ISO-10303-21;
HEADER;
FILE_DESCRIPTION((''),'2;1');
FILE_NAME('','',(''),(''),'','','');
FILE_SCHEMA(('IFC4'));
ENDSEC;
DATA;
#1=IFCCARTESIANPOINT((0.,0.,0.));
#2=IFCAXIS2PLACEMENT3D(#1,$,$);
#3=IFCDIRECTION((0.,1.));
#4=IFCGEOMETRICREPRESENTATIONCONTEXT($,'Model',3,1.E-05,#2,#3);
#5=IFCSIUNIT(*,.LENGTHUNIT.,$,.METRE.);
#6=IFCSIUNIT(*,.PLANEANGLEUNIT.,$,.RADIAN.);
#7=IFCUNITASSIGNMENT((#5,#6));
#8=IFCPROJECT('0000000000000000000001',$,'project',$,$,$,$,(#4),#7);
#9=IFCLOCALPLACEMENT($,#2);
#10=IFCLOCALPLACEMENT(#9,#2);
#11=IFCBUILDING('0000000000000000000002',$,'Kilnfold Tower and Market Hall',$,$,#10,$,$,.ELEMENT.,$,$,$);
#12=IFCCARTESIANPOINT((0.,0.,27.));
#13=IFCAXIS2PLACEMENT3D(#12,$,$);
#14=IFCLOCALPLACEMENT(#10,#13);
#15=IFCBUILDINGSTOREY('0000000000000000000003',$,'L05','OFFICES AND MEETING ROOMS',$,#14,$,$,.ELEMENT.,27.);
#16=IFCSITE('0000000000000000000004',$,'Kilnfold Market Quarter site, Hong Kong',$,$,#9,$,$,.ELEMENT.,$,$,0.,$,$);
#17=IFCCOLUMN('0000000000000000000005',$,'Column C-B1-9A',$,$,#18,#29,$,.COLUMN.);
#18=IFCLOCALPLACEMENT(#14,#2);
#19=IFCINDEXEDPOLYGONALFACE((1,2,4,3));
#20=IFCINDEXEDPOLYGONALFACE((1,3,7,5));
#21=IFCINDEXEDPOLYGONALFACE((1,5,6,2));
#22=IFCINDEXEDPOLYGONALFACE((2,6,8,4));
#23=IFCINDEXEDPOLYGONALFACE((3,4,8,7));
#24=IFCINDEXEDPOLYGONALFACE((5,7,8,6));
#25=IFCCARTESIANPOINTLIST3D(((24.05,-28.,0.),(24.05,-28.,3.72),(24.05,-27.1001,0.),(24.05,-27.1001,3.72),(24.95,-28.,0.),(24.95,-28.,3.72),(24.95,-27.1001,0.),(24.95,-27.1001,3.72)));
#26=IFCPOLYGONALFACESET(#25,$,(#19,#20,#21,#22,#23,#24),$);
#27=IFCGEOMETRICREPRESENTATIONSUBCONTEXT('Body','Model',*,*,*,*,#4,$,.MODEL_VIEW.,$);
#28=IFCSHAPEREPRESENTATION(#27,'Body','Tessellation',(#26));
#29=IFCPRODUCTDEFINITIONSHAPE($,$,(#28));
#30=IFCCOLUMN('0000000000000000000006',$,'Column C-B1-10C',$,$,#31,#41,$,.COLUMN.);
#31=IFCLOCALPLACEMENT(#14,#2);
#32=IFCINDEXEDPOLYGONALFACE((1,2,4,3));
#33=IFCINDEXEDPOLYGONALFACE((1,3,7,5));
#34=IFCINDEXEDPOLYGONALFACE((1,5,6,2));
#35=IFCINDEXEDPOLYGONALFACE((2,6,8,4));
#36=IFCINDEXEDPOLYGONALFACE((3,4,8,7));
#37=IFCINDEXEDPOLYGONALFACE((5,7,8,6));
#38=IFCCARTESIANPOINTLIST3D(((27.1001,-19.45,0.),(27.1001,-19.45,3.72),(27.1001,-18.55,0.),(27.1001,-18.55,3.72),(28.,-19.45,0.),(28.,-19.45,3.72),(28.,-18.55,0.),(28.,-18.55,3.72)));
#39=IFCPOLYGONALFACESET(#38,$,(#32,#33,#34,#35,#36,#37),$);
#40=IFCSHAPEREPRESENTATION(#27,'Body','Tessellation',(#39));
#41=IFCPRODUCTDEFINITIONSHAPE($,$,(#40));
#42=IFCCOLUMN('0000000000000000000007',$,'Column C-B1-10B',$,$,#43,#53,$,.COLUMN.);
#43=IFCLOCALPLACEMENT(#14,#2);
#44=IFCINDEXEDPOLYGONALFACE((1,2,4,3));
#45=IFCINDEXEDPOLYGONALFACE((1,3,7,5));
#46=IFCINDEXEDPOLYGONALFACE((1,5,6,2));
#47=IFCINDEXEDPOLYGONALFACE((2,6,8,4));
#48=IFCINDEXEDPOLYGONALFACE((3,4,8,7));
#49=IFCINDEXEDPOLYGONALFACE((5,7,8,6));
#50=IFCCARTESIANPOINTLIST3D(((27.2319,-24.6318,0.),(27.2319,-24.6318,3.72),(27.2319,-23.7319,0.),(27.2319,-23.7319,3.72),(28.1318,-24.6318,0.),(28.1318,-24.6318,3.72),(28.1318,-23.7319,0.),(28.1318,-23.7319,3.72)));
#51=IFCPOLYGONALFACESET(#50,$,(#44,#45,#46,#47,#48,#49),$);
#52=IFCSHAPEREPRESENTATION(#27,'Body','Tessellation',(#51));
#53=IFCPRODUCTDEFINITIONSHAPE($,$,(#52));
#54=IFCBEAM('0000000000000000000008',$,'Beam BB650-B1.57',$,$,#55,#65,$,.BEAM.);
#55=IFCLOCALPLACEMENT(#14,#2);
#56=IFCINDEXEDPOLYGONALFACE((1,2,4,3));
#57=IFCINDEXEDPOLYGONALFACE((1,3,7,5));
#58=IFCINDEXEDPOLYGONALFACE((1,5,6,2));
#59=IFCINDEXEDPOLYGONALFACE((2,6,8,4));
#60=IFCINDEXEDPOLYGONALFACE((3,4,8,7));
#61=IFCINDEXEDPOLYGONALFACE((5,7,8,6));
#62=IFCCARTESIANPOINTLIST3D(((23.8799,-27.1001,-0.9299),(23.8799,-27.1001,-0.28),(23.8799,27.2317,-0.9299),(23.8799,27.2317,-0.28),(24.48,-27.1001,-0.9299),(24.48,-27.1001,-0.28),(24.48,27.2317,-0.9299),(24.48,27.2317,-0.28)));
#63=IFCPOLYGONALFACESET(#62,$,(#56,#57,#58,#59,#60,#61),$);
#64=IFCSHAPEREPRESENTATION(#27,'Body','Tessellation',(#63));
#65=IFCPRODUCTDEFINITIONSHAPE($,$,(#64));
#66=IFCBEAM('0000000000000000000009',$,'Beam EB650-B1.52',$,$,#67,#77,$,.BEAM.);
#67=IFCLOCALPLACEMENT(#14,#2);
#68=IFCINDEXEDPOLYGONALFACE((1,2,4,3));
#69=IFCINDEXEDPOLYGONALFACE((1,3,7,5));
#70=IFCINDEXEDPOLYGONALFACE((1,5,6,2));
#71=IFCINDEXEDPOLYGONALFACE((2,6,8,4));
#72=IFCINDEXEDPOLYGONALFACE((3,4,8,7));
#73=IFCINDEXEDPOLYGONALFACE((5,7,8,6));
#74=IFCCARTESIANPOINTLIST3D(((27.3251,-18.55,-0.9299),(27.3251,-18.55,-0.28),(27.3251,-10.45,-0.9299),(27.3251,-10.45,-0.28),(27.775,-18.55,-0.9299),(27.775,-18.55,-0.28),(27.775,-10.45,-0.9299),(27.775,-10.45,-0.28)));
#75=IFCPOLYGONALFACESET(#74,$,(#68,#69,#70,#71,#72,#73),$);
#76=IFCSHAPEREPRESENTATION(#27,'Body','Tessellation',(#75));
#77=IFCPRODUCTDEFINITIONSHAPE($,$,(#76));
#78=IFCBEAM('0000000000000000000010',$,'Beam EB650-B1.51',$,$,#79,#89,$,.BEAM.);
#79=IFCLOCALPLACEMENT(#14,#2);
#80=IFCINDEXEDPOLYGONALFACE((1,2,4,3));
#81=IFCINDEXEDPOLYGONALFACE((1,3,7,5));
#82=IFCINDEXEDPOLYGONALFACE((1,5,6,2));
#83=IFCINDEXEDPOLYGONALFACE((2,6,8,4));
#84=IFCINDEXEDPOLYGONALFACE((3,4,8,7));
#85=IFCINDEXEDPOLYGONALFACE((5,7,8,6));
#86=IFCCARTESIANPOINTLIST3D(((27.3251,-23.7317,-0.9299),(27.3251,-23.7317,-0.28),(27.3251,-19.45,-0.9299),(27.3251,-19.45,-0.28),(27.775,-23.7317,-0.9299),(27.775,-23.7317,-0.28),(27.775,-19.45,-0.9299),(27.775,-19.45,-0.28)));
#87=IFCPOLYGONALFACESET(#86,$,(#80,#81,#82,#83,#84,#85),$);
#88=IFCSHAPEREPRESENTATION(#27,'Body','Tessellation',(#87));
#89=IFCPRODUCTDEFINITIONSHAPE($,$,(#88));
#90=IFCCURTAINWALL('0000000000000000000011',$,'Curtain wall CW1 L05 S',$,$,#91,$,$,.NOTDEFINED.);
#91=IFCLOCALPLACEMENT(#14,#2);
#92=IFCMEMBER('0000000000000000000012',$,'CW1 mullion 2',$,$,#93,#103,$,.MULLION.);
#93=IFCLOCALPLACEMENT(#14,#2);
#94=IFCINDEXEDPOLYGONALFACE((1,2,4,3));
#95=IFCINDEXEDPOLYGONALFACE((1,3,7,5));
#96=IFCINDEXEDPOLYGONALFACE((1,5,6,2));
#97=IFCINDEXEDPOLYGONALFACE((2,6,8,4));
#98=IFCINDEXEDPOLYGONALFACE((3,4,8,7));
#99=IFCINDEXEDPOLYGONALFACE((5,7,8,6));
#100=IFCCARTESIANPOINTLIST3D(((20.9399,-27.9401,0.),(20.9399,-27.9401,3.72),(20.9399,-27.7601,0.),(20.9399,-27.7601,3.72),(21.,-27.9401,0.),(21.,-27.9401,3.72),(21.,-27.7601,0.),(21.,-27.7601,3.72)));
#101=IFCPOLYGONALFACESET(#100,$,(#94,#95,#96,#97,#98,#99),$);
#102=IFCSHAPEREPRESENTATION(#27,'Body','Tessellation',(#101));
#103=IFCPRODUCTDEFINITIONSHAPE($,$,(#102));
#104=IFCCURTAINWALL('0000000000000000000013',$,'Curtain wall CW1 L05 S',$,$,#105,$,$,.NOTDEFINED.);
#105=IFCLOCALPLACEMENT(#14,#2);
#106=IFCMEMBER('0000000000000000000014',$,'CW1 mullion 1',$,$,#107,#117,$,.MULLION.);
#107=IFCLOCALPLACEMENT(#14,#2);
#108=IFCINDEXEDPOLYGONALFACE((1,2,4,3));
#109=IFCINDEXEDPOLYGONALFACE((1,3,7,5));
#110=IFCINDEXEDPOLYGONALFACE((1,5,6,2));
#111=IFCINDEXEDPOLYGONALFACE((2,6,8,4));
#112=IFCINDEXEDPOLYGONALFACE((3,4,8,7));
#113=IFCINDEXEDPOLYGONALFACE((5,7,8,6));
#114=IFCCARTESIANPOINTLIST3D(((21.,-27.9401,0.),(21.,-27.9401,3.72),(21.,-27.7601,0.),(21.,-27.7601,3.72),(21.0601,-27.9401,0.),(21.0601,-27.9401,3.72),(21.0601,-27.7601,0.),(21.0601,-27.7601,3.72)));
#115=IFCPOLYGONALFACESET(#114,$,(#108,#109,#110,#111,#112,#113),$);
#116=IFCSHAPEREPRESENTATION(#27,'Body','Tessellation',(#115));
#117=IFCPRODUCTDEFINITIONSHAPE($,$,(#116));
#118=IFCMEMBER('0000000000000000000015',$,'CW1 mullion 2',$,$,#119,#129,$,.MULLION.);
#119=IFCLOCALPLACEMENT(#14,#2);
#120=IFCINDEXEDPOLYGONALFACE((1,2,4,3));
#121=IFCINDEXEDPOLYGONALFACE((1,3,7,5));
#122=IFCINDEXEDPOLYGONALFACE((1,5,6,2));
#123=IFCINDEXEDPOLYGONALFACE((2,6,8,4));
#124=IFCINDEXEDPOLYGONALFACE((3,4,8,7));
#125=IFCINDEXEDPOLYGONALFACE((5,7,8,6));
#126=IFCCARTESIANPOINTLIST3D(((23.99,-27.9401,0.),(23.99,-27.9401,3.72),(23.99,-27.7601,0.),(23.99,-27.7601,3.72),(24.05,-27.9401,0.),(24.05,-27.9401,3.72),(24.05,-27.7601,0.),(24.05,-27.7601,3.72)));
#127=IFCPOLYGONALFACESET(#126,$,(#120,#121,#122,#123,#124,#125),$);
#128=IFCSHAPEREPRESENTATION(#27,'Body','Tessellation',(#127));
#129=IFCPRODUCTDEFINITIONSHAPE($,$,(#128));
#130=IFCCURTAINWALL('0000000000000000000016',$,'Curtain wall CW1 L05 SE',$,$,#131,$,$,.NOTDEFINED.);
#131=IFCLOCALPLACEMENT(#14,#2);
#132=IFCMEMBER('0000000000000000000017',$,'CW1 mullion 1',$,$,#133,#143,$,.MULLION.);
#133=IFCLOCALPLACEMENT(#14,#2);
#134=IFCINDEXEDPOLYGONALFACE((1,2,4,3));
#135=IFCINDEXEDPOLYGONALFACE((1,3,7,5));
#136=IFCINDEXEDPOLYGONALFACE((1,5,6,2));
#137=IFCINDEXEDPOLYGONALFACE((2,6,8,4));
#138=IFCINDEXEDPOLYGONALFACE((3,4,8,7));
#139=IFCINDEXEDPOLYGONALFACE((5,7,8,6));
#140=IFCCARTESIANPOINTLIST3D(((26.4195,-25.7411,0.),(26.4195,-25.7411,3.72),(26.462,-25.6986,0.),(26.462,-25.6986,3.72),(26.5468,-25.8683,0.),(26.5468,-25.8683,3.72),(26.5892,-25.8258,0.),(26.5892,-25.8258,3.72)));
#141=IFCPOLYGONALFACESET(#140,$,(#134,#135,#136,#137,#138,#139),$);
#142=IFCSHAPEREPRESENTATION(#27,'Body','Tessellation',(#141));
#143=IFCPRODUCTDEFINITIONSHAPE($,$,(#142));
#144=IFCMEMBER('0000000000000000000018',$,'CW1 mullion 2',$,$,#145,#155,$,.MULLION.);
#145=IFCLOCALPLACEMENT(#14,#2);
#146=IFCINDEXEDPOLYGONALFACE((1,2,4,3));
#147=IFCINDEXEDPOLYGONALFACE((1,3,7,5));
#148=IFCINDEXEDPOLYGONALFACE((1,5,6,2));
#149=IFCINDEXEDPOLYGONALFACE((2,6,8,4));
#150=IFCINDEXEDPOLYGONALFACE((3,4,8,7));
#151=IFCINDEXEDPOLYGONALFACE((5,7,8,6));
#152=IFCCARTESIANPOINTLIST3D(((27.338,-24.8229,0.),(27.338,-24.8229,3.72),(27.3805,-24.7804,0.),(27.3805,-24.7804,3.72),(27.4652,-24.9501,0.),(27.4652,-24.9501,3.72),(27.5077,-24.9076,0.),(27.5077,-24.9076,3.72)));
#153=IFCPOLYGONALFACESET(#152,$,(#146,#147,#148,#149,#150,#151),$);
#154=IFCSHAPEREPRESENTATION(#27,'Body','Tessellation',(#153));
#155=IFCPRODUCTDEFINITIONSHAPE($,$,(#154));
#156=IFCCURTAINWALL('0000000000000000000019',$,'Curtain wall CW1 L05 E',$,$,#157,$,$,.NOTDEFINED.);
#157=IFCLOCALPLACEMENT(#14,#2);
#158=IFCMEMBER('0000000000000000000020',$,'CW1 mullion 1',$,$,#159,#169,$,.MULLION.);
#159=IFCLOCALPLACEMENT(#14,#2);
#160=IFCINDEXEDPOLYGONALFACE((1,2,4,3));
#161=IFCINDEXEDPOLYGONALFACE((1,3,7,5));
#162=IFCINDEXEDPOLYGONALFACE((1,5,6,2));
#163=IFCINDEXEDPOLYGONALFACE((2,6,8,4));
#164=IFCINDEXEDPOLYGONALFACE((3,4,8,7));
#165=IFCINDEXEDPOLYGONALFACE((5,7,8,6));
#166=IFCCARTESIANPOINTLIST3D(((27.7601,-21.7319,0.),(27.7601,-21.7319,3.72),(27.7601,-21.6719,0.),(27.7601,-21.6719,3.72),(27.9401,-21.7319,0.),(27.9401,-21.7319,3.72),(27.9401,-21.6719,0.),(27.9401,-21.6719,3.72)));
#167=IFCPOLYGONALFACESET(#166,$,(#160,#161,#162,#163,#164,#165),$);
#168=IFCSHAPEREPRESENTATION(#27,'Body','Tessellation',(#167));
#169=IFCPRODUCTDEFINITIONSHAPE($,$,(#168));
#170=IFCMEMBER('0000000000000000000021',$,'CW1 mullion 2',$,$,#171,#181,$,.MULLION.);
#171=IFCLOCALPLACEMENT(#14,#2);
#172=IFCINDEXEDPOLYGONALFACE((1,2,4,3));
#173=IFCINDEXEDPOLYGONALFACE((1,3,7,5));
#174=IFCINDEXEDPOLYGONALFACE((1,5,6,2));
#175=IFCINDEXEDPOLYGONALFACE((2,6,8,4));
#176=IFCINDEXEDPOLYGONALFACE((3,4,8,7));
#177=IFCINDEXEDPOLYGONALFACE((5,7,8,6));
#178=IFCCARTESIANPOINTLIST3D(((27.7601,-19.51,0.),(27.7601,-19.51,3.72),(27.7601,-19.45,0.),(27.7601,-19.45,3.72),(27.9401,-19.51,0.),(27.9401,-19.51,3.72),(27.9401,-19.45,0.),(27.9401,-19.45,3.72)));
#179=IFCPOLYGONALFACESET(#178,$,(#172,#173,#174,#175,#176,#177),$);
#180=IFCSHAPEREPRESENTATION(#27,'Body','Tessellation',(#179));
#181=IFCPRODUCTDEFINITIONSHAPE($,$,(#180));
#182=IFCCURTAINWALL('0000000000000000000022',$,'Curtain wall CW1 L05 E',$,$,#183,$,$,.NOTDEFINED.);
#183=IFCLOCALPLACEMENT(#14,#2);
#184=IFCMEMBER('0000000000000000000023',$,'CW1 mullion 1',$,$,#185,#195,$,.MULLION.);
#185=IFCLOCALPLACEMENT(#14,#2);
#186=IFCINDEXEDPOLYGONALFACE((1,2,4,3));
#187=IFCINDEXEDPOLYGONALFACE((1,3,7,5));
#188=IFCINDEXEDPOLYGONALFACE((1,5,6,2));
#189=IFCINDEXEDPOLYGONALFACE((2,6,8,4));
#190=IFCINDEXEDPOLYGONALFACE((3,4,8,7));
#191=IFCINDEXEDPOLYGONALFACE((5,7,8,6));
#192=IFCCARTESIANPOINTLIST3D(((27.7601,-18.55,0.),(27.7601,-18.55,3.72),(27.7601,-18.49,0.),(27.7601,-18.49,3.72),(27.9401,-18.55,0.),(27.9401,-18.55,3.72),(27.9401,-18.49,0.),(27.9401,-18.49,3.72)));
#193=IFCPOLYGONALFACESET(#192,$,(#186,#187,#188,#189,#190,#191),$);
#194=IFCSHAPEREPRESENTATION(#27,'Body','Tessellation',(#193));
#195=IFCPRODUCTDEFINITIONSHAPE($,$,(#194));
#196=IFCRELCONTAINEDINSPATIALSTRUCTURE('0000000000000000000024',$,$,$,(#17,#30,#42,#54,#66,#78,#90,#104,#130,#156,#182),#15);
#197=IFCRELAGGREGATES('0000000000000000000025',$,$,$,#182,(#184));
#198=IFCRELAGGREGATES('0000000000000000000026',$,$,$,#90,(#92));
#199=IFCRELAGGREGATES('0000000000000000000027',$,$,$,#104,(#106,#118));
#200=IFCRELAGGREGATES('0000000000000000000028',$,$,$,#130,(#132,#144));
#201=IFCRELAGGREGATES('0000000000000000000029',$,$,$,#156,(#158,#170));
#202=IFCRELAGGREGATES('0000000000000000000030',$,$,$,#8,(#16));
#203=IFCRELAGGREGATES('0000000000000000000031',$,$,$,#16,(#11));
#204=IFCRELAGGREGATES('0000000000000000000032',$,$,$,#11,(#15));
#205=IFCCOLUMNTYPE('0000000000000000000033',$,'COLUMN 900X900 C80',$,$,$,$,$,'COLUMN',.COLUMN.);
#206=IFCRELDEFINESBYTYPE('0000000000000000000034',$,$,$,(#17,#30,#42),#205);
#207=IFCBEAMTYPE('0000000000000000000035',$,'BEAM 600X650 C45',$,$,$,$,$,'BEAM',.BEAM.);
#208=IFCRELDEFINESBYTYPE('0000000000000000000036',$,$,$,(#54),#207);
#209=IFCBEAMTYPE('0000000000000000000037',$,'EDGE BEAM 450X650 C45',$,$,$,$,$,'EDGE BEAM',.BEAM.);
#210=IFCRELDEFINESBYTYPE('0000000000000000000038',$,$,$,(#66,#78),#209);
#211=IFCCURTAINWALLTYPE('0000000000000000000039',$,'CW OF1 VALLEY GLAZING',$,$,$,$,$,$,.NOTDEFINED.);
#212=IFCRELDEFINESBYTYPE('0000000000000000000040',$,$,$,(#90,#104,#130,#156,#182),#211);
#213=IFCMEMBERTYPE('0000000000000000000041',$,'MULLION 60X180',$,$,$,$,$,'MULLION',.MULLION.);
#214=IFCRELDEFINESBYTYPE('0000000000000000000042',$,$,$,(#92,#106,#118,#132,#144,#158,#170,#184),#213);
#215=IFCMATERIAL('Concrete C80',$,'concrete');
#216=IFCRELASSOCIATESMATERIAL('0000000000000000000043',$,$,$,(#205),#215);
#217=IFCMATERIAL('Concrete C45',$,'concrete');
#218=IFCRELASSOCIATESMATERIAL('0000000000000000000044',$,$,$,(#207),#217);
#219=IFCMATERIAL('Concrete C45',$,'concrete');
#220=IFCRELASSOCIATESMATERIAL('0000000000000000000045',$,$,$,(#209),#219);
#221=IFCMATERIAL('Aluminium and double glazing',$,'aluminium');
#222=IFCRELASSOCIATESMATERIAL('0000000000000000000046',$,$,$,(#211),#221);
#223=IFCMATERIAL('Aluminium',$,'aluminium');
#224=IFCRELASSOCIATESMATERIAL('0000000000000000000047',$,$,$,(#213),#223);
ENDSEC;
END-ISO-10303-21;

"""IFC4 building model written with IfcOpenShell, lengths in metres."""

from ifc_helpers import new_model, si_unit, direction, frame, origin, origin_2d, place, context, subcontext, project, spatial, rectangle, extrude, source, transform, mapped, material, material_profile, profile_set, type_object, element, aggregate, save


model = new_model("IFC4")

# Units and contexts
model_context = context("Model", 3, precision=1e-05, world=origin(), true_north=direction((0.0, 1.0)))
body_context = subcontext(model_context, "Body", "Model", "MODEL_VIEW")
ifc_project = project(units=[si_unit("LENGTHUNIT", "METRE"), si_unit("PLANEANGLEUNIT", "RADIAN")], contexts=[model_context])

# Site, building, storey
site_placement = place(None, origin())
site = spatial("IfcSite", under=ifc_project, at=site_placement, Name="Kilnfold Market Quarter site, Hong Kong", CompositionType="ELEMENT", RefElevation=0.0)
building_placement = place(site_placement, origin())
building = spatial("IfcBuilding", under=site, at=building_placement, Name="Kilnfold Tower and Market Hall", CompositionType="ELEMENT")
storey_placement = place(building_placement, frame((0.0, 0.0, 27.0)))
storey = spatial("IfcBuildingStorey", under=building, at=storey_placement, Name="L05", Description="OFFICES AND MEETING ROOMS", CompositionType="ELEMENT", Elevation=27.0)

# Columns
ifc_material_1 = material(Name="Concrete C80", Category="concrete")
ifc_material_profile_1 = material_profile(ifc_material_1, rectangle(XDim=0.8999, YDim=0.8999, at=origin_2d()), Name="RC 900x900")
ifc_profile_set_1 = profile_set([ifc_material_profile_1], Name="Concrete C80")
column_type = type_object("IfcColumnType", Name="COLUMN 900X900 C80", ElementType="COLUMN", PredefinedType="COLUMN", material=ifc_profile_set_1)
shared_shape_1 = source(origin(), body_context, "Body", "SweptSolid", [
    extrude(rectangle(XDim=0.8999, YDim=0.8999, at=origin_2d()), origin(), (0.0, 0.0, 1.0), 3.72),
])
for number, where, z_axis, x_axis, name in (
    (1, (24.5, -27.55, 0.0), (0.0, 0.0, 1.0), (1.0, 0.0, 0.0), "Column C-B1-9A"),
    (2, (27.55, -19.0, 0.0), (0.0, 0.0, 1.0), (1.0, 0.0, 0.0), "Column C-B1-10C"),
    (3, (27.6819, -24.1819, 0.0), (0.0, 0.0, 1.0), (1.0, 0.0, 0.0), "Column C-B1-10B"),
):
    element("IfcColumn", number, at=place(storey_placement, frame(where, z_axis=z_axis, x_axis=x_axis)), inside=storey, type_object=column_type, Name=name, PredefinedType="COLUMN", context=body_context, shape_type="MappedRepresentation", body=[
        mapped(shared_shape_1, transform((0.0, 0.0, 0.0))),
    ])

# Beams
ifc_material_2 = material(Name="Concrete C45", Category="concrete")
ifc_material_profile_2 = material_profile(ifc_material_2, rectangle(XDim=0.6001, YDim=0.6499, at=origin_2d()), Name="RC 600x650")
ifc_profile_set_2 = profile_set([ifc_material_profile_2], Name="Concrete C45")
beam_type_1 = type_object("IfcBeamType", Name="BEAM 600X650 C45", ElementType="BEAM", PredefinedType="BEAM", material=ifc_profile_set_2)
shared_shape_2 = source(origin(), body_context, "Body", "SweptSolid", [
    extrude(rectangle(XDim=0.6001, YDim=0.6499, at=origin_2d()), origin(), (0.0, 0.0, 1.0), 54.3318),
])
beam_1_placement = place(storey_placement, frame((24.1799, -27.1001, -0.605), z_axis=(0.0, 1.0, 0.0), x_axis=(-1.0, 0.0, 0.0)))
element("IfcBeam", 4, at=beam_1_placement, inside=storey, type_object=beam_type_1, Name="Beam BB650-B1.57", PredefinedType="BEAM", context=body_context, shape_type="MappedRepresentation", body=[
    mapped(shared_shape_2, transform((0.0, 0.0, 0.0))),
])
ifc_material_3 = material(Name="Concrete C45", Category="concrete")
ifc_material_profile_3 = material_profile(ifc_material_3, rectangle(XDim=0.45, YDim=0.6499, at=origin_2d()), Name="RC 450x650")
ifc_profile_set_3 = profile_set([ifc_material_profile_3], Name="Concrete C45")
beam_type_2 = type_object("IfcBeamType", Name="EDGE BEAM 450X650 C45", ElementType="EDGE BEAM", PredefinedType="BEAM", material=ifc_profile_set_3)
shared_shape_3 = source(origin(), body_context, "Body", "SweptSolid", [
    extrude(rectangle(XDim=0.45, YDim=0.6499, at=origin_2d()), origin(), (0.0, 0.0, 1.0), 8.1001),
])
beam_2_placement = place(storey_placement, frame((27.55, -18.55, -0.605), z_axis=(0.0, 1.0, 0.0), x_axis=(-1.0, 0.0, 0.0)))
element("IfcBeam", 5, at=beam_2_placement, inside=storey, type_object=beam_type_2, Name="Beam EB650-B1.52", PredefinedType="BEAM", context=body_context, shape_type="MappedRepresentation", body=[
    mapped(shared_shape_3, transform((0.0, 0.0, 0.0))),
])
shared_shape_4 = source(origin(), body_context, "Body", "SweptSolid", [
    extrude(rectangle(XDim=0.45, YDim=0.6499, at=origin_2d()), origin(), (0.0, 0.0, 1.0), 4.2817),
])
beam_3_placement = place(storey_placement, frame((27.55, -23.7317, -0.605), z_axis=(0.0, 1.0, 0.0), x_axis=(-1.0, 0.0, 0.0)))
element("IfcBeam", 6, at=beam_3_placement, inside=storey, type_object=beam_type_2, Name="Beam EB650-B1.51", PredefinedType="BEAM", context=body_context, shape_type="MappedRepresentation", body=[
    mapped(shared_shape_4, transform((0.0, 0.0, 0.0))),
])

# Curtain wall, member
ifc_material_4 = material(Name="Aluminium and double glazing", Category="aluminium")
curtain_wall_type = type_object("IfcCurtainWallType", Name="CW OF1 VALLEY GLAZING", PredefinedType="NOTDEFINED", material=ifc_material_4)
curtain_wall_1_placement = place(storey_placement, origin())
curtain_wall_1 = element("IfcCurtainWall", 7, at=curtain_wall_1_placement, inside=storey, type_object=curtain_wall_type, Name="Curtain wall CW1 L05 S", PredefinedType="NOTDEFINED")
ifc_material_5 = material(Name="Aluminium", Category="aluminium")
ifc_material_profile_4 = material_profile(ifc_material_5, rectangle(XDim=0.0601, YDim=0.1799, at=origin_2d()), Name="MULLION 60x180")
ifc_profile_set_4 = profile_set([ifc_material_profile_4], Name="Aluminium")
member_type_1 = type_object("IfcMemberType", Name="MULLION 60X180", ElementType="MULLION", PredefinedType="MULLION", material=ifc_profile_set_4)
shared_shape_5 = source(origin(), body_context, "Body", "SweptSolid", [
    extrude(rectangle(XDim=0.0601, YDim=0.1799, at=origin_2d()), origin(), (0.0, 0.0, 1.0), 3.72),
])
member_1_placement = place(storey_placement, frame((20.97, -27.8501, 0.0), z_axis=(0.0, 0.0, 1.0), x_axis=(1.0, 0.0, 0.0)))
member_1 = element("IfcMember", 8, at=member_1_placement, type_object=member_type_1, Name="CW1 mullion 2", PredefinedType="MULLION", context=body_context, shape_type="MappedRepresentation", body=[
    mapped(shared_shape_5, transform((0.0, 0.0, 0.0))),
])

# Curtain walls, members
curtain_wall_2_placement = place(storey_placement, origin())
curtain_wall_2 = element("IfcCurtainWall", 9, at=curtain_wall_2_placement, inside=storey, type_object=curtain_wall_type, Name="Curtain wall CW1 L05 S", PredefinedType="NOTDEFINED")
member_2_placement = place(storey_placement, frame((21.03, -27.8501, 0.0), z_axis=(0.0, 0.0, 1.0), x_axis=(1.0, 0.0, 0.0)))
member_2 = element("IfcMember", 10, at=member_2_placement, type_object=member_type_1, Name="CW1 mullion 1", PredefinedType="MULLION", context=body_context, shape_type="MappedRepresentation", body=[
    mapped(shared_shape_5, transform((0.0, 0.0, 0.0))),
])
member_3_placement = place(storey_placement, frame((24.02, -27.8501, 0.0), z_axis=(0.0, 0.0, 1.0), x_axis=(1.0, 0.0, 0.0)))
member_3 = element("IfcMember", 11, at=member_3_placement, type_object=member_type_1, Name="CW1 mullion 2", PredefinedType="MULLION", context=body_context, shape_type="MappedRepresentation", body=[
    mapped(shared_shape_5, transform((0.0, 0.0, 0.0))),
])
curtain_wall_3_placement = place(storey_placement, origin())
curtain_wall_3 = element("IfcCurtainWall", 12, at=curtain_wall_3_placement, inside=storey, type_object=curtain_wall_type, Name="Curtain wall CW1 L05 SE", PredefinedType="NOTDEFINED")
member_4_placement = place(storey_placement, frame((26.5044, -25.7834, 0.0), z_axis=(0.0, 0.0, 1.0), x_axis=(0.707107, 0.707107, 0.0)))
member_4 = element("IfcMember", 13, at=member_4_placement, type_object=member_type_1, Name="CW1 mullion 1", PredefinedType="MULLION", context=body_context, shape_type="MappedRepresentation", body=[
    mapped(shared_shape_5, transform((0.0, 0.0, 0.0))),
])
member_5_placement = place(storey_placement, frame((27.4229, -24.8652, 0.0), z_axis=(0.0, 0.0, 1.0), x_axis=(0.707107, 0.707107, 0.0)))
member_5 = element("IfcMember", 14, at=member_5_placement, type_object=member_type_1, Name="CW1 mullion 2", PredefinedType="MULLION", context=body_context, shape_type="MappedRepresentation", body=[
    mapped(shared_shape_5, transform((0.0, 0.0, 0.0))),
])
curtain_wall_4_placement = place(storey_placement, origin())
curtain_wall_4 = element("IfcCurtainWall", 15, at=curtain_wall_4_placement, inside=storey, type_object=curtain_wall_type, Name="Curtain wall CW1 L05 E", PredefinedType="NOTDEFINED")
member_6_placement = place(storey_placement, frame((27.8501, -21.7019, 0.0), z_axis=(0.0, 0.0, 1.0), x_axis=(0.0, 1.0, 0.0)))
member_6 = element("IfcMember", 16, at=member_6_placement, type_object=member_type_1, Name="CW1 mullion 1", PredefinedType="MULLION", context=body_context, shape_type="MappedRepresentation", body=[
    mapped(shared_shape_5, transform((0.0, 0.0, 0.0))),
])
member_7_placement = place(storey_placement, frame((27.8501, -19.48, 0.0), z_axis=(0.0, 0.0, 1.0), x_axis=(0.0, 1.0, 0.0)))
member_7 = element("IfcMember", 17, at=member_7_placement, type_object=member_type_1, Name="CW1 mullion 2", PredefinedType="MULLION", context=body_context, shape_type="MappedRepresentation", body=[
    mapped(shared_shape_5, transform((0.0, 0.0, 0.0))),
])

# Curtain wall, member
curtain_wall_5_placement = place(storey_placement, origin())
curtain_wall_5 = element("IfcCurtainWall", 18, at=curtain_wall_5_placement, inside=storey, type_object=curtain_wall_type, Name="Curtain wall CW1 L05 E", PredefinedType="NOTDEFINED")
member_8_placement = place(storey_placement, frame((27.8501, -18.52, 0.0), z_axis=(0.0, 0.0, 1.0), x_axis=(0.0, 1.0, 0.0)))
member_8 = element("IfcMember", 19, at=member_8_placement, type_object=member_type_1, Name="CW1 mullion 1", PredefinedType="MULLION", context=body_context, shape_type="MappedRepresentation", body=[
    mapped(shared_shape_5, transform((0.0, 0.0, 0.0))),
])
aggregate(curtain_wall_5, [member_8])

aggregate(curtain_wall_1, [member_1])
aggregate(curtain_wall_2, [member_2, member_3])
aggregate(curtain_wall_3, [member_4, member_5])
aggregate(curtain_wall_4, [member_6, member_7])

save(model, "model.ifc")
